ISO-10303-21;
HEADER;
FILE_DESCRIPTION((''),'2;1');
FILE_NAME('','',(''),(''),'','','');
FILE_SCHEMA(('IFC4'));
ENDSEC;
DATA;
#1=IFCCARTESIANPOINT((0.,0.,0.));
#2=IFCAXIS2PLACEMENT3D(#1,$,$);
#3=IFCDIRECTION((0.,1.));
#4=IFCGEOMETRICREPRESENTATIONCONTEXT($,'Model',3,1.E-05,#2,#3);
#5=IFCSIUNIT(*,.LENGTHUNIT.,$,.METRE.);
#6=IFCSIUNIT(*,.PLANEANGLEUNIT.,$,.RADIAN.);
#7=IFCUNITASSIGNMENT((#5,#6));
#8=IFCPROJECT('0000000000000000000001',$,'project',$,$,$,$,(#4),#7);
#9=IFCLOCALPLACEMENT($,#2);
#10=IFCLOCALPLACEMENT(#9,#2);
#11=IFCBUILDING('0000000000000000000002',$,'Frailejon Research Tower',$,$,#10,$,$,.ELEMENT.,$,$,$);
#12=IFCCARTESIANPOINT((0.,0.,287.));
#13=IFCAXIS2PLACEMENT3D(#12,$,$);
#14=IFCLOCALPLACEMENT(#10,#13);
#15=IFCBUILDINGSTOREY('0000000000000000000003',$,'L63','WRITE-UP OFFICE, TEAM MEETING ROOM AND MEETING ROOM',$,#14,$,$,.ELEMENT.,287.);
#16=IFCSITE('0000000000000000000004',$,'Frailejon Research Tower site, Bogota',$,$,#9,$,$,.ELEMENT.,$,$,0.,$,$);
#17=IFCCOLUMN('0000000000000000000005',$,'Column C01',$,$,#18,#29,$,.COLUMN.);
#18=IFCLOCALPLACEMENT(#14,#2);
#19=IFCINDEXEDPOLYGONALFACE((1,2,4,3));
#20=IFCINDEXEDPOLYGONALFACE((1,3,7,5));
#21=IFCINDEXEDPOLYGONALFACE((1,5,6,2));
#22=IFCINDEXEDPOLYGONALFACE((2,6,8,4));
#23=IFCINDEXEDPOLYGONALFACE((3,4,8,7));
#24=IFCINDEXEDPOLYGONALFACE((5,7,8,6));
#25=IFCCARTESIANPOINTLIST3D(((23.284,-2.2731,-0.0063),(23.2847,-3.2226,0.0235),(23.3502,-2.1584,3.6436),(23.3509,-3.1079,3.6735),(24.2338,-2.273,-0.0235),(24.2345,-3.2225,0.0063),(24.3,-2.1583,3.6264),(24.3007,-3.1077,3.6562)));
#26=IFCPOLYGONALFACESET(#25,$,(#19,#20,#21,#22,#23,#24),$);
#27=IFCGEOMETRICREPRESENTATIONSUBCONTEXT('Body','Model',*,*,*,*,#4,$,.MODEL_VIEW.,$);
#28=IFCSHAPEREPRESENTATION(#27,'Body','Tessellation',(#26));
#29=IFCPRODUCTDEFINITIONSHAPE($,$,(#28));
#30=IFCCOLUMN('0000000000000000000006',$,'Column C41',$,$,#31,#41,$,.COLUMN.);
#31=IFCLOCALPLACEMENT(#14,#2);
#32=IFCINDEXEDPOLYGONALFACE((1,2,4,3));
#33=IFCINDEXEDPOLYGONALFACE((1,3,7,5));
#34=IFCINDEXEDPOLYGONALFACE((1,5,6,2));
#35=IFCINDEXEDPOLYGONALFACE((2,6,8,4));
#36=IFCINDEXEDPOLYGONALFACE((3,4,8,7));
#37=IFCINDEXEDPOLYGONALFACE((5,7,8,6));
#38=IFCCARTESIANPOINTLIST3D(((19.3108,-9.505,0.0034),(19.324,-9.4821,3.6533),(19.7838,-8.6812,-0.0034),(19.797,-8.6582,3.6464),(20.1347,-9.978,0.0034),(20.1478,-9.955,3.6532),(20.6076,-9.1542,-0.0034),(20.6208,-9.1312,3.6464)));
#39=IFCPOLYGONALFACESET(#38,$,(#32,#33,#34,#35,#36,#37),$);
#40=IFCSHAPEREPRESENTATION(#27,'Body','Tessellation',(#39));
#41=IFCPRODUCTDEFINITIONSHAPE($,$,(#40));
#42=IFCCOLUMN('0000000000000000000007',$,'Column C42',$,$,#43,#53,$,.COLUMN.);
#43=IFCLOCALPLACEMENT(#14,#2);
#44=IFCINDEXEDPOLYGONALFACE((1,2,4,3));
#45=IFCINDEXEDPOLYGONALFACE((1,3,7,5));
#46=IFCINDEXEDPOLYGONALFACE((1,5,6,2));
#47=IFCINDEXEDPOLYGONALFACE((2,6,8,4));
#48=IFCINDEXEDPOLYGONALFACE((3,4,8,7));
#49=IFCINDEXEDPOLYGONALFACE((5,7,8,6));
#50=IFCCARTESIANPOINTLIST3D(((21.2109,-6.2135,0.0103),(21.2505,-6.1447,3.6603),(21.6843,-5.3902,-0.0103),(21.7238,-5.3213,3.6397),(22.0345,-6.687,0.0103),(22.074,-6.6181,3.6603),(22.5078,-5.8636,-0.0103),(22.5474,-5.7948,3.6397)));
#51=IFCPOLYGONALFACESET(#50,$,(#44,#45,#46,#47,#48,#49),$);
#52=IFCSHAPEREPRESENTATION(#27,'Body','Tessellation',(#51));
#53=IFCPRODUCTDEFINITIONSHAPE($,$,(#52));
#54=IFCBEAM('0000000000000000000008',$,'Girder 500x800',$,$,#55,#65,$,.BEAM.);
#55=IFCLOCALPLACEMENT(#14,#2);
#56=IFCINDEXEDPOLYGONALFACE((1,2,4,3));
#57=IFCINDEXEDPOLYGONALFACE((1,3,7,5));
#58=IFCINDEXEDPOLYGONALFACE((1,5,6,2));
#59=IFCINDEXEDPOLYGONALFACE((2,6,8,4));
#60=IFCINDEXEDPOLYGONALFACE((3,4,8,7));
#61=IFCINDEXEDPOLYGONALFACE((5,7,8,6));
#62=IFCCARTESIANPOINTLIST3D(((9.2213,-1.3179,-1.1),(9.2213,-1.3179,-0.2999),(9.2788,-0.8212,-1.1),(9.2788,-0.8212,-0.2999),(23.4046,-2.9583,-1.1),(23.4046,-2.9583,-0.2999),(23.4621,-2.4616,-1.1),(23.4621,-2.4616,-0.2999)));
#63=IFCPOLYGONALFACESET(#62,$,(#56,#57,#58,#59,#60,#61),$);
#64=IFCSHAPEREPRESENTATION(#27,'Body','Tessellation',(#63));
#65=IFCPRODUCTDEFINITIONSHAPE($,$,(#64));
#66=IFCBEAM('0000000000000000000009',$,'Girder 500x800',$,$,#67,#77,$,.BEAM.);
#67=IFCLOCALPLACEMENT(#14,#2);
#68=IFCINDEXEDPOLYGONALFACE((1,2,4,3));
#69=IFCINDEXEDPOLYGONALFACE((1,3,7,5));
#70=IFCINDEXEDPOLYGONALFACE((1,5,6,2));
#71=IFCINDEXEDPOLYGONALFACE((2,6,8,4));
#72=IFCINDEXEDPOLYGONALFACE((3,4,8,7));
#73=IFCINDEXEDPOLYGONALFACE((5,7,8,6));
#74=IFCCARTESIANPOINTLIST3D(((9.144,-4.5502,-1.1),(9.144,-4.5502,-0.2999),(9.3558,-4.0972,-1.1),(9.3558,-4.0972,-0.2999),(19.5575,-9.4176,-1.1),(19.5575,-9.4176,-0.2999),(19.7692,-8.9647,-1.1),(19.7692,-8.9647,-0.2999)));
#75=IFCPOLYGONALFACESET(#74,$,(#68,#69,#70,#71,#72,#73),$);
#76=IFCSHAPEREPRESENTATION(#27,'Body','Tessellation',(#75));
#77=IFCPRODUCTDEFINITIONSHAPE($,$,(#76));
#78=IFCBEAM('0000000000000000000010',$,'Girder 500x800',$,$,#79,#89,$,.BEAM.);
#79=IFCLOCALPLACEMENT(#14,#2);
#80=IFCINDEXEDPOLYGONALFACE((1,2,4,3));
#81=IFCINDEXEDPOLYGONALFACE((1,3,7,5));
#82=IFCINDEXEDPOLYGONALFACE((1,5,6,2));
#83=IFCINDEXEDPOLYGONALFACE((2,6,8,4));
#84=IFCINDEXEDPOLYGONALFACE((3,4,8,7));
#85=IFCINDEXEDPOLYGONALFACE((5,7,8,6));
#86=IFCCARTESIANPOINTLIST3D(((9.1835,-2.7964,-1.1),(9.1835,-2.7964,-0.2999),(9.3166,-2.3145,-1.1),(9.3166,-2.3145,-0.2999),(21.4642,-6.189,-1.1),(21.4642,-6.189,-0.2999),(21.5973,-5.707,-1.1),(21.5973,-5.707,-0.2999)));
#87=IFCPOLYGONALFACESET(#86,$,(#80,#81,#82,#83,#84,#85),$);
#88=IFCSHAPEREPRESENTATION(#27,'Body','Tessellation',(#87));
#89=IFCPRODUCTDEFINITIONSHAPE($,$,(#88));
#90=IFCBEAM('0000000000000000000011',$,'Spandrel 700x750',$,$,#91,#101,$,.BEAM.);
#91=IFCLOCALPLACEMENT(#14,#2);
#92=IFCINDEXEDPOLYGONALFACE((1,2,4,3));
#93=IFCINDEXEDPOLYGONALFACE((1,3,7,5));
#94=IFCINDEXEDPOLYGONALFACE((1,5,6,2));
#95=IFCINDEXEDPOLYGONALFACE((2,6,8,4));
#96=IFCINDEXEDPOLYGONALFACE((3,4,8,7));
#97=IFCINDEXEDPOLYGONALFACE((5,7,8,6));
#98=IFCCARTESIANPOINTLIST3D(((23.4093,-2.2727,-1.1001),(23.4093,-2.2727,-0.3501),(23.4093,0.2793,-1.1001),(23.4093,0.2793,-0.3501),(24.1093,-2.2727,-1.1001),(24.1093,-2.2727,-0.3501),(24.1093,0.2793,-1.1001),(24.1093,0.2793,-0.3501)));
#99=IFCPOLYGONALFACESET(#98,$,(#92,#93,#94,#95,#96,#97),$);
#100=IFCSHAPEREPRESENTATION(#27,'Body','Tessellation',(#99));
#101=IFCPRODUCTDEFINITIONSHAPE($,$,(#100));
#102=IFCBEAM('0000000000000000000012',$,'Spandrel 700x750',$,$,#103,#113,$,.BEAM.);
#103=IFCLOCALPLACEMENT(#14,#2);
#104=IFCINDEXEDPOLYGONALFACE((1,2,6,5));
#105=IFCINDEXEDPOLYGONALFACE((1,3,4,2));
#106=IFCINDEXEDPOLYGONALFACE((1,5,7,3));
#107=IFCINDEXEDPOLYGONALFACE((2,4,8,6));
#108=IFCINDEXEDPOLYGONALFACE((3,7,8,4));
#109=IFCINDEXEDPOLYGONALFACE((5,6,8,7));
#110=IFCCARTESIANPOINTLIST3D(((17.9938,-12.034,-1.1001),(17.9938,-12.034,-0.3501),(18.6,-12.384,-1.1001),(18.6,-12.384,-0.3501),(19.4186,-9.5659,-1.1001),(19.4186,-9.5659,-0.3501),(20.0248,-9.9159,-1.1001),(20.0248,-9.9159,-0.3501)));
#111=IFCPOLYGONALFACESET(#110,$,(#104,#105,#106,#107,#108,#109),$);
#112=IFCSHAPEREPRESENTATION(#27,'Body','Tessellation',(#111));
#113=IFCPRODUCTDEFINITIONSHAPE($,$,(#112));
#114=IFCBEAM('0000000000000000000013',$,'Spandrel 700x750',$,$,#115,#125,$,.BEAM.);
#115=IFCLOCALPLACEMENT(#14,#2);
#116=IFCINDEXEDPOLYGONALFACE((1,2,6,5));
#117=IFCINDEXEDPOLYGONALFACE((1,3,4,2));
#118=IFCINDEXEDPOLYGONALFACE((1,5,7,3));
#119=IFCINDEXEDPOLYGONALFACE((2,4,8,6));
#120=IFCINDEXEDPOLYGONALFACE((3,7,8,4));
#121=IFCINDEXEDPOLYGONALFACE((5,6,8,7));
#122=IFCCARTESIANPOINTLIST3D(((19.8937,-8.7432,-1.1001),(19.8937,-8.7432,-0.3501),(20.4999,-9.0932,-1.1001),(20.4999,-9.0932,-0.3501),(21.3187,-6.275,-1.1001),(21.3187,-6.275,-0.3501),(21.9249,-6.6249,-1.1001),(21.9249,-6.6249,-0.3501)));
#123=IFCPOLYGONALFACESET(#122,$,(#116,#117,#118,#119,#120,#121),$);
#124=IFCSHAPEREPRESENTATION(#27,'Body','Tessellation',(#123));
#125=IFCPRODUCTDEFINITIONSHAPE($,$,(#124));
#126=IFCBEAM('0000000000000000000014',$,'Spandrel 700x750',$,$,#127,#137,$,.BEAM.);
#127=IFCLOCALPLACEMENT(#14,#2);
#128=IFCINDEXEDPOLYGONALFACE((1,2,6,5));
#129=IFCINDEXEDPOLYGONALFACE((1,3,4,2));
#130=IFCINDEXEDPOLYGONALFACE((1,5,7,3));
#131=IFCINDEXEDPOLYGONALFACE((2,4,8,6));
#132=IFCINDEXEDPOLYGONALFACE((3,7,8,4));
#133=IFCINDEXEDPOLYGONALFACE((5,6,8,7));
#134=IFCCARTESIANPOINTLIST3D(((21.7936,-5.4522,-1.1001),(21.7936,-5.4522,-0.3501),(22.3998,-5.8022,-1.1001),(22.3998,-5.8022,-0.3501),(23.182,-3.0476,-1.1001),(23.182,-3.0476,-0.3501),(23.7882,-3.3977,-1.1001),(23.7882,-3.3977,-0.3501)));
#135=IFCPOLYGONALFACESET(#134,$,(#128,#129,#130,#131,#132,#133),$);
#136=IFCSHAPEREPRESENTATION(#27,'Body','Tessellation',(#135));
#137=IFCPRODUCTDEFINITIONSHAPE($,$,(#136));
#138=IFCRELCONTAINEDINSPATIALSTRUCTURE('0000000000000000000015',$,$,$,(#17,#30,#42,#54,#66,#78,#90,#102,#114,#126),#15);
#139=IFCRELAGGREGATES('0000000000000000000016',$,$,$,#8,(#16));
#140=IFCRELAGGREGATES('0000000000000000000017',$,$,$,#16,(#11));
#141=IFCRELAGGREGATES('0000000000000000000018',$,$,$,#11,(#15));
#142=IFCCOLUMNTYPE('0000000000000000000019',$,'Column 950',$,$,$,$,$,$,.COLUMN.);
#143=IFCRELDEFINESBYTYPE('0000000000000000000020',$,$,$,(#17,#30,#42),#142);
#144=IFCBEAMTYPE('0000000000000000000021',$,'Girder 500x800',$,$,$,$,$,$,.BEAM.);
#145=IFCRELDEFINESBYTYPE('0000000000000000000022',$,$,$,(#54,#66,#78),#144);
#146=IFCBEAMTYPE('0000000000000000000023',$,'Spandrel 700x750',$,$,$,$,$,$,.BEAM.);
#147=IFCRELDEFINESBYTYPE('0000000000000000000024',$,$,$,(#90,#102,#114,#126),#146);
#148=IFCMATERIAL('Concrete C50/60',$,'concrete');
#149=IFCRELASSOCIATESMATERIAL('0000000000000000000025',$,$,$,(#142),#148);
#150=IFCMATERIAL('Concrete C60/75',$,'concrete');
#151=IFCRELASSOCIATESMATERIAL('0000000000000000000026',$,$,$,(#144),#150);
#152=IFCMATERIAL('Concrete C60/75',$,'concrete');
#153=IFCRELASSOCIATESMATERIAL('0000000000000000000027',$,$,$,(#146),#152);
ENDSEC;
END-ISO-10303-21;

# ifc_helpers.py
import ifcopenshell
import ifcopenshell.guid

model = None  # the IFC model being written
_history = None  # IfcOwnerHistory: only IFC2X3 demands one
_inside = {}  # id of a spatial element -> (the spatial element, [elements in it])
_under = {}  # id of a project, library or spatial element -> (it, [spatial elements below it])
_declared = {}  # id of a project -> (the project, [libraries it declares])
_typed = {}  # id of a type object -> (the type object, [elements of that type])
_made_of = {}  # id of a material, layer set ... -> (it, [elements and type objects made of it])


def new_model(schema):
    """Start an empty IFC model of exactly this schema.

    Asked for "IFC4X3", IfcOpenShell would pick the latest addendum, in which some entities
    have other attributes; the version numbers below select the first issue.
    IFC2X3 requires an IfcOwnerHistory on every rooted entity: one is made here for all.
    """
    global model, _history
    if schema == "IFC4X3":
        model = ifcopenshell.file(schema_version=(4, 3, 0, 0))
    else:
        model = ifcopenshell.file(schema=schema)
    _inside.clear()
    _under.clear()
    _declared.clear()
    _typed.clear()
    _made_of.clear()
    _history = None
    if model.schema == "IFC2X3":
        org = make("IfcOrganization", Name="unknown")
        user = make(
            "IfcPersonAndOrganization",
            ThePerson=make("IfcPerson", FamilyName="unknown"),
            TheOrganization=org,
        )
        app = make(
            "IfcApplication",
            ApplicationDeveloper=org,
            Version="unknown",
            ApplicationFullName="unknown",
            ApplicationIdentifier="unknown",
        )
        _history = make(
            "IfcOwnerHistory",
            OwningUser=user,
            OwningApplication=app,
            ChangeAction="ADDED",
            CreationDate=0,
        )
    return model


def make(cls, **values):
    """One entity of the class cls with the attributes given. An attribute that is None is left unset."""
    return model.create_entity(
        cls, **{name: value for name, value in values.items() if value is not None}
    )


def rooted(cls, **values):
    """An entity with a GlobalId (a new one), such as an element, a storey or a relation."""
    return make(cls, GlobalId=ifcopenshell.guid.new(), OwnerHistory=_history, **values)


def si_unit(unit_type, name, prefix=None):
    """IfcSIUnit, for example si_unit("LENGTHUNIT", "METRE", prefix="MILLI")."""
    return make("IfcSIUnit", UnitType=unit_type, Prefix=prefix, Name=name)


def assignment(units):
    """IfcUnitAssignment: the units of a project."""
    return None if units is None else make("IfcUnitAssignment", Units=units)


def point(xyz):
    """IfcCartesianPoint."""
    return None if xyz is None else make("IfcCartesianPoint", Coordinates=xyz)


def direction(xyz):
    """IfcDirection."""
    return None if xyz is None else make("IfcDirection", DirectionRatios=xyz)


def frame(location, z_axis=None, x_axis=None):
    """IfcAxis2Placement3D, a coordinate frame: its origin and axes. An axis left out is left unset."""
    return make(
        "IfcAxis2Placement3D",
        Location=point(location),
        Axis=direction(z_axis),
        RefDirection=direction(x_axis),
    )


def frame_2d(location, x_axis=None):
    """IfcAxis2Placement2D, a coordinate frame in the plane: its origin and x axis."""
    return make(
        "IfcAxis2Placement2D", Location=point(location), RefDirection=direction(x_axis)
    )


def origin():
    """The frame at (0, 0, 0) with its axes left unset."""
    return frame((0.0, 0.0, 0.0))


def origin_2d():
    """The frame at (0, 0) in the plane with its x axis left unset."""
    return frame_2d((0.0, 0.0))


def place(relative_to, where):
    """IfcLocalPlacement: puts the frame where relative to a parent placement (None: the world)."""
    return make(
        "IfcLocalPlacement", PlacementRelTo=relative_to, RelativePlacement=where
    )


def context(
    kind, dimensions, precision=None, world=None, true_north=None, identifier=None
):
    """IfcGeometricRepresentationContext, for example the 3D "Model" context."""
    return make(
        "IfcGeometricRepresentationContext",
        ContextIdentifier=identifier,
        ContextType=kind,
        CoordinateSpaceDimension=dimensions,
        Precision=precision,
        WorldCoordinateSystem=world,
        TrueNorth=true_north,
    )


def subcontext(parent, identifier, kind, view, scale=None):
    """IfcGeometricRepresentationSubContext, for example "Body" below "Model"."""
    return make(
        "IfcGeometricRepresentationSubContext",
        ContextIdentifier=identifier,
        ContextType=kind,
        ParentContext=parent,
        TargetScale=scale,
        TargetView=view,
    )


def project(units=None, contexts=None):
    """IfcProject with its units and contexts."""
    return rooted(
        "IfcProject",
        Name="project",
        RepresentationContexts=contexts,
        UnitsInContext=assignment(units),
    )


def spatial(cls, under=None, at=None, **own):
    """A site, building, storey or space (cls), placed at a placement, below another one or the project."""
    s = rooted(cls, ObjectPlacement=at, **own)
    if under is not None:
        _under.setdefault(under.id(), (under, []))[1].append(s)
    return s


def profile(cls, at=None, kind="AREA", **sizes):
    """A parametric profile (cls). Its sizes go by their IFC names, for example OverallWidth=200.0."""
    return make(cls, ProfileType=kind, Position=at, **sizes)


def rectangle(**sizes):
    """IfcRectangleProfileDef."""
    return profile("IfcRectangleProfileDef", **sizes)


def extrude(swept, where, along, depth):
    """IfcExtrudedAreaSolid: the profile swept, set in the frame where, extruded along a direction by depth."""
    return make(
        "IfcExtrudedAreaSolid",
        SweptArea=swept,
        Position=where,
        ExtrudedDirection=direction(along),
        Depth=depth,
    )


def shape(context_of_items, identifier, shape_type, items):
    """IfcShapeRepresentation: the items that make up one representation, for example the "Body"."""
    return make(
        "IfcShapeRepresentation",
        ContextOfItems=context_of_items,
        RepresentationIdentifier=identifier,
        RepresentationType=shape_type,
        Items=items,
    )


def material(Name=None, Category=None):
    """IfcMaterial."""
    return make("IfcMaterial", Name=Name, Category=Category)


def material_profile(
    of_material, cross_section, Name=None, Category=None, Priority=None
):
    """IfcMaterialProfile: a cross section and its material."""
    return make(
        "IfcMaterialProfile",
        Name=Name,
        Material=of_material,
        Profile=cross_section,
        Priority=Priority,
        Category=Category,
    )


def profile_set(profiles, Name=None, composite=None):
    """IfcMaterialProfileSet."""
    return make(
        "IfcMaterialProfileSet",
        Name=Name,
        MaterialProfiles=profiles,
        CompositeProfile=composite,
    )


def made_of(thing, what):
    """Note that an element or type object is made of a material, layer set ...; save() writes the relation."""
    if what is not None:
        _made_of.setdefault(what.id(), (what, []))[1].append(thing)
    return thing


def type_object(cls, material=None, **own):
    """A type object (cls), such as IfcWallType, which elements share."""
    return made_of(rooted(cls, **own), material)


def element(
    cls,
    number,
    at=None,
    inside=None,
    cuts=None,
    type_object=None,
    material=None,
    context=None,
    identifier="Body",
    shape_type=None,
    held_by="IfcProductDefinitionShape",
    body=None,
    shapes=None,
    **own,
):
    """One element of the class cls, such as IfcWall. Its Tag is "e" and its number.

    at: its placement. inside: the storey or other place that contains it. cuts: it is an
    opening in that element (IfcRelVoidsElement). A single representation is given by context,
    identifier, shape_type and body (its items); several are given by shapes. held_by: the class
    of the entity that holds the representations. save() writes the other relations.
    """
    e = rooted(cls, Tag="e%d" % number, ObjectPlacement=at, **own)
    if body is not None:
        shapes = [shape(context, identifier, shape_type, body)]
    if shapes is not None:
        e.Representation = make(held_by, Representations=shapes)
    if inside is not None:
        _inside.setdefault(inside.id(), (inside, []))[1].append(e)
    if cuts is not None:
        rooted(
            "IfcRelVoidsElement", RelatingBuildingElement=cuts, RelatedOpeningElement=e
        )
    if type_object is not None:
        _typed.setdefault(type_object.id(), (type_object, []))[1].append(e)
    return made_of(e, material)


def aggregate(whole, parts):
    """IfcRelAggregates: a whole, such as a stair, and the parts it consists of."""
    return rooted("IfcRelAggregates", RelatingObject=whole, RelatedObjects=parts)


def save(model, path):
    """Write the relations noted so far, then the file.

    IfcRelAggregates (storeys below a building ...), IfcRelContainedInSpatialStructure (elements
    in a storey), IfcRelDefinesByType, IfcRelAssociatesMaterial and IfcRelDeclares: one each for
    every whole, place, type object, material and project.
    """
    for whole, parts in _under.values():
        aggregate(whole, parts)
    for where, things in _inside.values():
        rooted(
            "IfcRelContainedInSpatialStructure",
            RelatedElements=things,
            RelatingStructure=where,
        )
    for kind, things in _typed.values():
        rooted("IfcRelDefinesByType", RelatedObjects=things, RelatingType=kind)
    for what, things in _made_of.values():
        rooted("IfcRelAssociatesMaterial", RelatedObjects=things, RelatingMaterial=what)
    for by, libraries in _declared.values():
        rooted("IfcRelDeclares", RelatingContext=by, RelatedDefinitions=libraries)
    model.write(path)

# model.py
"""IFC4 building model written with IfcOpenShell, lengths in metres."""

from ifc_helpers import new_model, si_unit, direction, frame, origin, origin_2d, place, context, subcontext, project, spatial, rectangle, extrude, material, material_profile, profile_set, type_object, element, save


model = new_model("IFC4")

# Units and contexts
model_context = context("Model", 3, precision=1e-05, world=origin(), true_north=direction((0.0, 1.0)))
body_context = subcontext(model_context, "Body", "Model", "MODEL_VIEW")
ifc_project = project(units=[si_unit("LENGTHUNIT", "METRE"), si_unit("PLANEANGLEUNIT", "RADIAN")], contexts=[model_context])

# Site, building, storey
site_placement = place(None, origin())
site = spatial("IfcSite", under=ifc_project, at=site_placement, Name="Frailejon Research Tower site, Bogota", CompositionType="ELEMENT", RefElevation=0.0)
building_placement = place(site_placement, origin())
building = spatial("IfcBuilding", under=site, at=building_placement, Name="Frailejon Research Tower", CompositionType="ELEMENT")
storey_placement = place(building_placement, frame((0.0, 0.0, 287.0)))
storey = spatial("IfcBuildingStorey", under=building, at=storey_placement, Name="L63", Description="WRITE-UP OFFICE, TEAM MEETING ROOM AND MEETING ROOM", CompositionType="ELEMENT", Elevation=287.0)

# Columns
ifc_material_1 = material(Name="Concrete C50/60", Category="concrete")
ifc_material_profile_1 = material_profile(ifc_material_1, rectangle(XDim=0.95, YDim=0.95, at=origin_2d()), Name="Column 950")
ifc_profile_set_1 = profile_set([ifc_material_profile_1], Name="Concrete C50/60")
column_type = type_object("IfcColumnType", Name="Column 950", PredefinedType="COLUMN", material=ifc_profile_set_1)
column_1_placement = place(storey_placement, frame((23.7593, -2.7478, 0.0), z_axis=(0.018115, 0.031417, 0.999342), x_axis=(-0.000701, 0.999506, -0.03141)))
element("IfcColumn", 1, at=column_1_placement, inside=storey, type_object=column_type, Name="Column C01", PredefinedType="COLUMN", context=body_context, shape_type="SweptSolid", body=[
    extrude(rectangle(XDim=0.95, YDim=0.95, at=origin_2d()), origin(), (0.0, 0.0, 1.0), 3.6523),
])
column_2_placement = place(storey_placement, frame((19.9592, -9.3296, 0.0), z_axis=(0.003612, 0.006287, 0.999974), x_axis=(0.49789, 0.86721, -0.007251)))
element("IfcColumn", 2, at=column_2_placement, inside=storey, type_object=column_type, Name="Column C41", PredefinedType="COLUMN", context=body_context, shape_type="SweptSolid", body=[
    extrude(rectangle(XDim=0.95, YDim=0.95, at=origin_2d()), origin(), (0.0, 0.0, 1.0), 3.6499),
])
column_3_placement = place(storey_placement, frame((21.8594, -6.0386, 0.0), z_axis=(0.010834, 0.018858, 0.999763), x_axis=(0.498285, 0.86674, -0.021749)))
element("IfcColumn", 3, at=column_3_placement, inside=storey, type_object=column_type, Name="Column C42", PredefinedType="COLUMN", context=body_context, shape_type="SweptSolid", body=[
    extrude(rectangle(XDim=0.95, YDim=0.95, at=origin_2d()), origin(), (0.0, 0.0, 1.0), 3.6509),
])

# Beams
ifc_material_2 = material(Name="Concrete C60/75", Category="concrete")
ifc_material_profile_2 = material_profile(ifc_material_2, rectangle(XDim=0.5, YDim=0.8, at=origin_2d()), Name="Girder 500x800")
ifc_profile_set_2 = profile_set([ifc_material_profile_2], Name="Concrete C60/75")
beam_type_1 = type_object("IfcBeamType", Name="Girder 500x800", PredefinedType="BEAM", material=ifc_profile_set_2)
beam_1_placement = place(storey_placement, frame((23.4333, -2.71, -0.7), z_axis=(-0.993378, 0.11489, 0.0), x_axis=(-0.11489, -0.993378, 0.0)))
element("IfcBeam", 4, at=beam_1_placement, inside=storey, type_object=beam_type_1, Name="Girder 500x800", PredefinedType="BEAM", context=body_context, shape_type="SweptSolid", body=[
    extrude(rectangle(XDim=0.5, YDim=0.8, at=origin_2d()), origin(), (0.0, 0.0, 1.0), 14.2778),
])
beam_2_placement = place(storey_placement, frame((19.6633, -9.1912, -0.7), z_axis=(-0.90592, 0.423448, 0.0), x_axis=(-0.423448, -0.90592, 0.0)))
element("IfcBeam", 5, at=beam_2_placement, inside=storey, type_object=beam_type_1, Name="Girder 500x800", PredefinedType="BEAM", context=body_context, shape_type="SweptSolid", body=[
    extrude(rectangle(XDim=0.5, YDim=0.8, at=origin_2d()), origin(), (0.0, 0.0, 1.0), 11.4949),
])
beam_3_placement = place(storey_placement, frame((21.5308, -5.948, -0.7), z_axis=(-0.963896, 0.266278, 0.0), x_axis=(-0.266278, -0.963896, 0.0)))
element("IfcBeam", 6, at=beam_3_placement, inside=storey, type_object=beam_type_1, Name="Girder 500x800", PredefinedType="BEAM", context=body_context, shape_type="SweptSolid", body=[
    extrude(rectangle(XDim=0.5, YDim=0.8, at=origin_2d()), origin(), (0.0, 0.0, 1.0), 12.7407),
])
ifc_material_3 = material(Name="Concrete C60/75", Category="concrete")
ifc_material_profile_3 = material_profile(ifc_material_3, rectangle(XDim=0.7, YDim=0.75, at=origin_2d()), Name="Spandrel 700x750")
ifc_profile_set_3 = profile_set([ifc_material_profile_3], Name="Concrete C60/75")
beam_type_2 = type_object("IfcBeamType", Name="Spandrel 700x750", PredefinedType="BEAM", material=ifc_profile_set_3)
beam_4_placement = place(storey_placement, frame((23.7593, -2.2727, -0.7251), z_axis=(0.0, 1.0, 0.0), x_axis=(-1.0, 0.0, 0.0)))
element("IfcBeam", 7, at=beam_4_placement, inside=storey, type_object=beam_type_2, Name="Spandrel 700x750", PredefinedType="BEAM", context=body_context, shape_type="SweptSolid", body=[
    extrude(rectangle(XDim=0.7, YDim=0.75, at=origin_2d()), origin(), (0.0, 0.0, 1.0), 2.552),
])
beam_5_placement = place(storey_placement, frame((18.2969, -12.209, -0.7251), z_axis=(0.499972, 0.866041, 0.0), x_axis=(-0.866041, 0.499972, 0.0)))
element("IfcBeam", 8, at=beam_5_placement, inside=storey, type_object=beam_type_2, Name="Spandrel 700x750", PredefinedType="BEAM", context=body_context, shape_type="SweptSolid", body=[
    extrude(rectangle(XDim=0.7, YDim=0.75, at=origin_2d()), origin(), (0.0, 0.0, 1.0), 2.8499),
])
beam_6_placement = place(storey_placement, frame((20.1968, -8.9182, -0.7251), z_axis=(0.499999, 0.866026, 0.0), x_axis=(-0.866026, 0.499999, 0.0)))
element("IfcBeam", 9, at=beam_6_placement, inside=storey, type_object=beam_type_2, Name="Spandrel 700x750", PredefinedType="BEAM", context=body_context, shape_type="SweptSolid", body=[
    extrude(rectangle(XDim=0.7, YDim=0.75, at=origin_2d()), origin(), (0.0, 0.0, 1.0), 2.8501),
])
beam_7_placement = place(storey_placement, frame((22.0967, -5.6272, -0.7251), z_axis=(0.500045, 0.866, 0.0), x_axis=(-0.866, 0.500045, 0.0)))
element("IfcBeam", 10, at=beam_7_placement, inside=storey, type_object=beam_type_2, Name="Spandrel 700x750", PredefinedType="BEAM", context=body_context, shape_type="SweptSolid", body=[
    extrude(rectangle(XDim=0.7, YDim=0.75, at=origin_2d()), origin(), (0.0, 0.0, 1.0), 2.7766),
])

save(model, "model.ifc")
